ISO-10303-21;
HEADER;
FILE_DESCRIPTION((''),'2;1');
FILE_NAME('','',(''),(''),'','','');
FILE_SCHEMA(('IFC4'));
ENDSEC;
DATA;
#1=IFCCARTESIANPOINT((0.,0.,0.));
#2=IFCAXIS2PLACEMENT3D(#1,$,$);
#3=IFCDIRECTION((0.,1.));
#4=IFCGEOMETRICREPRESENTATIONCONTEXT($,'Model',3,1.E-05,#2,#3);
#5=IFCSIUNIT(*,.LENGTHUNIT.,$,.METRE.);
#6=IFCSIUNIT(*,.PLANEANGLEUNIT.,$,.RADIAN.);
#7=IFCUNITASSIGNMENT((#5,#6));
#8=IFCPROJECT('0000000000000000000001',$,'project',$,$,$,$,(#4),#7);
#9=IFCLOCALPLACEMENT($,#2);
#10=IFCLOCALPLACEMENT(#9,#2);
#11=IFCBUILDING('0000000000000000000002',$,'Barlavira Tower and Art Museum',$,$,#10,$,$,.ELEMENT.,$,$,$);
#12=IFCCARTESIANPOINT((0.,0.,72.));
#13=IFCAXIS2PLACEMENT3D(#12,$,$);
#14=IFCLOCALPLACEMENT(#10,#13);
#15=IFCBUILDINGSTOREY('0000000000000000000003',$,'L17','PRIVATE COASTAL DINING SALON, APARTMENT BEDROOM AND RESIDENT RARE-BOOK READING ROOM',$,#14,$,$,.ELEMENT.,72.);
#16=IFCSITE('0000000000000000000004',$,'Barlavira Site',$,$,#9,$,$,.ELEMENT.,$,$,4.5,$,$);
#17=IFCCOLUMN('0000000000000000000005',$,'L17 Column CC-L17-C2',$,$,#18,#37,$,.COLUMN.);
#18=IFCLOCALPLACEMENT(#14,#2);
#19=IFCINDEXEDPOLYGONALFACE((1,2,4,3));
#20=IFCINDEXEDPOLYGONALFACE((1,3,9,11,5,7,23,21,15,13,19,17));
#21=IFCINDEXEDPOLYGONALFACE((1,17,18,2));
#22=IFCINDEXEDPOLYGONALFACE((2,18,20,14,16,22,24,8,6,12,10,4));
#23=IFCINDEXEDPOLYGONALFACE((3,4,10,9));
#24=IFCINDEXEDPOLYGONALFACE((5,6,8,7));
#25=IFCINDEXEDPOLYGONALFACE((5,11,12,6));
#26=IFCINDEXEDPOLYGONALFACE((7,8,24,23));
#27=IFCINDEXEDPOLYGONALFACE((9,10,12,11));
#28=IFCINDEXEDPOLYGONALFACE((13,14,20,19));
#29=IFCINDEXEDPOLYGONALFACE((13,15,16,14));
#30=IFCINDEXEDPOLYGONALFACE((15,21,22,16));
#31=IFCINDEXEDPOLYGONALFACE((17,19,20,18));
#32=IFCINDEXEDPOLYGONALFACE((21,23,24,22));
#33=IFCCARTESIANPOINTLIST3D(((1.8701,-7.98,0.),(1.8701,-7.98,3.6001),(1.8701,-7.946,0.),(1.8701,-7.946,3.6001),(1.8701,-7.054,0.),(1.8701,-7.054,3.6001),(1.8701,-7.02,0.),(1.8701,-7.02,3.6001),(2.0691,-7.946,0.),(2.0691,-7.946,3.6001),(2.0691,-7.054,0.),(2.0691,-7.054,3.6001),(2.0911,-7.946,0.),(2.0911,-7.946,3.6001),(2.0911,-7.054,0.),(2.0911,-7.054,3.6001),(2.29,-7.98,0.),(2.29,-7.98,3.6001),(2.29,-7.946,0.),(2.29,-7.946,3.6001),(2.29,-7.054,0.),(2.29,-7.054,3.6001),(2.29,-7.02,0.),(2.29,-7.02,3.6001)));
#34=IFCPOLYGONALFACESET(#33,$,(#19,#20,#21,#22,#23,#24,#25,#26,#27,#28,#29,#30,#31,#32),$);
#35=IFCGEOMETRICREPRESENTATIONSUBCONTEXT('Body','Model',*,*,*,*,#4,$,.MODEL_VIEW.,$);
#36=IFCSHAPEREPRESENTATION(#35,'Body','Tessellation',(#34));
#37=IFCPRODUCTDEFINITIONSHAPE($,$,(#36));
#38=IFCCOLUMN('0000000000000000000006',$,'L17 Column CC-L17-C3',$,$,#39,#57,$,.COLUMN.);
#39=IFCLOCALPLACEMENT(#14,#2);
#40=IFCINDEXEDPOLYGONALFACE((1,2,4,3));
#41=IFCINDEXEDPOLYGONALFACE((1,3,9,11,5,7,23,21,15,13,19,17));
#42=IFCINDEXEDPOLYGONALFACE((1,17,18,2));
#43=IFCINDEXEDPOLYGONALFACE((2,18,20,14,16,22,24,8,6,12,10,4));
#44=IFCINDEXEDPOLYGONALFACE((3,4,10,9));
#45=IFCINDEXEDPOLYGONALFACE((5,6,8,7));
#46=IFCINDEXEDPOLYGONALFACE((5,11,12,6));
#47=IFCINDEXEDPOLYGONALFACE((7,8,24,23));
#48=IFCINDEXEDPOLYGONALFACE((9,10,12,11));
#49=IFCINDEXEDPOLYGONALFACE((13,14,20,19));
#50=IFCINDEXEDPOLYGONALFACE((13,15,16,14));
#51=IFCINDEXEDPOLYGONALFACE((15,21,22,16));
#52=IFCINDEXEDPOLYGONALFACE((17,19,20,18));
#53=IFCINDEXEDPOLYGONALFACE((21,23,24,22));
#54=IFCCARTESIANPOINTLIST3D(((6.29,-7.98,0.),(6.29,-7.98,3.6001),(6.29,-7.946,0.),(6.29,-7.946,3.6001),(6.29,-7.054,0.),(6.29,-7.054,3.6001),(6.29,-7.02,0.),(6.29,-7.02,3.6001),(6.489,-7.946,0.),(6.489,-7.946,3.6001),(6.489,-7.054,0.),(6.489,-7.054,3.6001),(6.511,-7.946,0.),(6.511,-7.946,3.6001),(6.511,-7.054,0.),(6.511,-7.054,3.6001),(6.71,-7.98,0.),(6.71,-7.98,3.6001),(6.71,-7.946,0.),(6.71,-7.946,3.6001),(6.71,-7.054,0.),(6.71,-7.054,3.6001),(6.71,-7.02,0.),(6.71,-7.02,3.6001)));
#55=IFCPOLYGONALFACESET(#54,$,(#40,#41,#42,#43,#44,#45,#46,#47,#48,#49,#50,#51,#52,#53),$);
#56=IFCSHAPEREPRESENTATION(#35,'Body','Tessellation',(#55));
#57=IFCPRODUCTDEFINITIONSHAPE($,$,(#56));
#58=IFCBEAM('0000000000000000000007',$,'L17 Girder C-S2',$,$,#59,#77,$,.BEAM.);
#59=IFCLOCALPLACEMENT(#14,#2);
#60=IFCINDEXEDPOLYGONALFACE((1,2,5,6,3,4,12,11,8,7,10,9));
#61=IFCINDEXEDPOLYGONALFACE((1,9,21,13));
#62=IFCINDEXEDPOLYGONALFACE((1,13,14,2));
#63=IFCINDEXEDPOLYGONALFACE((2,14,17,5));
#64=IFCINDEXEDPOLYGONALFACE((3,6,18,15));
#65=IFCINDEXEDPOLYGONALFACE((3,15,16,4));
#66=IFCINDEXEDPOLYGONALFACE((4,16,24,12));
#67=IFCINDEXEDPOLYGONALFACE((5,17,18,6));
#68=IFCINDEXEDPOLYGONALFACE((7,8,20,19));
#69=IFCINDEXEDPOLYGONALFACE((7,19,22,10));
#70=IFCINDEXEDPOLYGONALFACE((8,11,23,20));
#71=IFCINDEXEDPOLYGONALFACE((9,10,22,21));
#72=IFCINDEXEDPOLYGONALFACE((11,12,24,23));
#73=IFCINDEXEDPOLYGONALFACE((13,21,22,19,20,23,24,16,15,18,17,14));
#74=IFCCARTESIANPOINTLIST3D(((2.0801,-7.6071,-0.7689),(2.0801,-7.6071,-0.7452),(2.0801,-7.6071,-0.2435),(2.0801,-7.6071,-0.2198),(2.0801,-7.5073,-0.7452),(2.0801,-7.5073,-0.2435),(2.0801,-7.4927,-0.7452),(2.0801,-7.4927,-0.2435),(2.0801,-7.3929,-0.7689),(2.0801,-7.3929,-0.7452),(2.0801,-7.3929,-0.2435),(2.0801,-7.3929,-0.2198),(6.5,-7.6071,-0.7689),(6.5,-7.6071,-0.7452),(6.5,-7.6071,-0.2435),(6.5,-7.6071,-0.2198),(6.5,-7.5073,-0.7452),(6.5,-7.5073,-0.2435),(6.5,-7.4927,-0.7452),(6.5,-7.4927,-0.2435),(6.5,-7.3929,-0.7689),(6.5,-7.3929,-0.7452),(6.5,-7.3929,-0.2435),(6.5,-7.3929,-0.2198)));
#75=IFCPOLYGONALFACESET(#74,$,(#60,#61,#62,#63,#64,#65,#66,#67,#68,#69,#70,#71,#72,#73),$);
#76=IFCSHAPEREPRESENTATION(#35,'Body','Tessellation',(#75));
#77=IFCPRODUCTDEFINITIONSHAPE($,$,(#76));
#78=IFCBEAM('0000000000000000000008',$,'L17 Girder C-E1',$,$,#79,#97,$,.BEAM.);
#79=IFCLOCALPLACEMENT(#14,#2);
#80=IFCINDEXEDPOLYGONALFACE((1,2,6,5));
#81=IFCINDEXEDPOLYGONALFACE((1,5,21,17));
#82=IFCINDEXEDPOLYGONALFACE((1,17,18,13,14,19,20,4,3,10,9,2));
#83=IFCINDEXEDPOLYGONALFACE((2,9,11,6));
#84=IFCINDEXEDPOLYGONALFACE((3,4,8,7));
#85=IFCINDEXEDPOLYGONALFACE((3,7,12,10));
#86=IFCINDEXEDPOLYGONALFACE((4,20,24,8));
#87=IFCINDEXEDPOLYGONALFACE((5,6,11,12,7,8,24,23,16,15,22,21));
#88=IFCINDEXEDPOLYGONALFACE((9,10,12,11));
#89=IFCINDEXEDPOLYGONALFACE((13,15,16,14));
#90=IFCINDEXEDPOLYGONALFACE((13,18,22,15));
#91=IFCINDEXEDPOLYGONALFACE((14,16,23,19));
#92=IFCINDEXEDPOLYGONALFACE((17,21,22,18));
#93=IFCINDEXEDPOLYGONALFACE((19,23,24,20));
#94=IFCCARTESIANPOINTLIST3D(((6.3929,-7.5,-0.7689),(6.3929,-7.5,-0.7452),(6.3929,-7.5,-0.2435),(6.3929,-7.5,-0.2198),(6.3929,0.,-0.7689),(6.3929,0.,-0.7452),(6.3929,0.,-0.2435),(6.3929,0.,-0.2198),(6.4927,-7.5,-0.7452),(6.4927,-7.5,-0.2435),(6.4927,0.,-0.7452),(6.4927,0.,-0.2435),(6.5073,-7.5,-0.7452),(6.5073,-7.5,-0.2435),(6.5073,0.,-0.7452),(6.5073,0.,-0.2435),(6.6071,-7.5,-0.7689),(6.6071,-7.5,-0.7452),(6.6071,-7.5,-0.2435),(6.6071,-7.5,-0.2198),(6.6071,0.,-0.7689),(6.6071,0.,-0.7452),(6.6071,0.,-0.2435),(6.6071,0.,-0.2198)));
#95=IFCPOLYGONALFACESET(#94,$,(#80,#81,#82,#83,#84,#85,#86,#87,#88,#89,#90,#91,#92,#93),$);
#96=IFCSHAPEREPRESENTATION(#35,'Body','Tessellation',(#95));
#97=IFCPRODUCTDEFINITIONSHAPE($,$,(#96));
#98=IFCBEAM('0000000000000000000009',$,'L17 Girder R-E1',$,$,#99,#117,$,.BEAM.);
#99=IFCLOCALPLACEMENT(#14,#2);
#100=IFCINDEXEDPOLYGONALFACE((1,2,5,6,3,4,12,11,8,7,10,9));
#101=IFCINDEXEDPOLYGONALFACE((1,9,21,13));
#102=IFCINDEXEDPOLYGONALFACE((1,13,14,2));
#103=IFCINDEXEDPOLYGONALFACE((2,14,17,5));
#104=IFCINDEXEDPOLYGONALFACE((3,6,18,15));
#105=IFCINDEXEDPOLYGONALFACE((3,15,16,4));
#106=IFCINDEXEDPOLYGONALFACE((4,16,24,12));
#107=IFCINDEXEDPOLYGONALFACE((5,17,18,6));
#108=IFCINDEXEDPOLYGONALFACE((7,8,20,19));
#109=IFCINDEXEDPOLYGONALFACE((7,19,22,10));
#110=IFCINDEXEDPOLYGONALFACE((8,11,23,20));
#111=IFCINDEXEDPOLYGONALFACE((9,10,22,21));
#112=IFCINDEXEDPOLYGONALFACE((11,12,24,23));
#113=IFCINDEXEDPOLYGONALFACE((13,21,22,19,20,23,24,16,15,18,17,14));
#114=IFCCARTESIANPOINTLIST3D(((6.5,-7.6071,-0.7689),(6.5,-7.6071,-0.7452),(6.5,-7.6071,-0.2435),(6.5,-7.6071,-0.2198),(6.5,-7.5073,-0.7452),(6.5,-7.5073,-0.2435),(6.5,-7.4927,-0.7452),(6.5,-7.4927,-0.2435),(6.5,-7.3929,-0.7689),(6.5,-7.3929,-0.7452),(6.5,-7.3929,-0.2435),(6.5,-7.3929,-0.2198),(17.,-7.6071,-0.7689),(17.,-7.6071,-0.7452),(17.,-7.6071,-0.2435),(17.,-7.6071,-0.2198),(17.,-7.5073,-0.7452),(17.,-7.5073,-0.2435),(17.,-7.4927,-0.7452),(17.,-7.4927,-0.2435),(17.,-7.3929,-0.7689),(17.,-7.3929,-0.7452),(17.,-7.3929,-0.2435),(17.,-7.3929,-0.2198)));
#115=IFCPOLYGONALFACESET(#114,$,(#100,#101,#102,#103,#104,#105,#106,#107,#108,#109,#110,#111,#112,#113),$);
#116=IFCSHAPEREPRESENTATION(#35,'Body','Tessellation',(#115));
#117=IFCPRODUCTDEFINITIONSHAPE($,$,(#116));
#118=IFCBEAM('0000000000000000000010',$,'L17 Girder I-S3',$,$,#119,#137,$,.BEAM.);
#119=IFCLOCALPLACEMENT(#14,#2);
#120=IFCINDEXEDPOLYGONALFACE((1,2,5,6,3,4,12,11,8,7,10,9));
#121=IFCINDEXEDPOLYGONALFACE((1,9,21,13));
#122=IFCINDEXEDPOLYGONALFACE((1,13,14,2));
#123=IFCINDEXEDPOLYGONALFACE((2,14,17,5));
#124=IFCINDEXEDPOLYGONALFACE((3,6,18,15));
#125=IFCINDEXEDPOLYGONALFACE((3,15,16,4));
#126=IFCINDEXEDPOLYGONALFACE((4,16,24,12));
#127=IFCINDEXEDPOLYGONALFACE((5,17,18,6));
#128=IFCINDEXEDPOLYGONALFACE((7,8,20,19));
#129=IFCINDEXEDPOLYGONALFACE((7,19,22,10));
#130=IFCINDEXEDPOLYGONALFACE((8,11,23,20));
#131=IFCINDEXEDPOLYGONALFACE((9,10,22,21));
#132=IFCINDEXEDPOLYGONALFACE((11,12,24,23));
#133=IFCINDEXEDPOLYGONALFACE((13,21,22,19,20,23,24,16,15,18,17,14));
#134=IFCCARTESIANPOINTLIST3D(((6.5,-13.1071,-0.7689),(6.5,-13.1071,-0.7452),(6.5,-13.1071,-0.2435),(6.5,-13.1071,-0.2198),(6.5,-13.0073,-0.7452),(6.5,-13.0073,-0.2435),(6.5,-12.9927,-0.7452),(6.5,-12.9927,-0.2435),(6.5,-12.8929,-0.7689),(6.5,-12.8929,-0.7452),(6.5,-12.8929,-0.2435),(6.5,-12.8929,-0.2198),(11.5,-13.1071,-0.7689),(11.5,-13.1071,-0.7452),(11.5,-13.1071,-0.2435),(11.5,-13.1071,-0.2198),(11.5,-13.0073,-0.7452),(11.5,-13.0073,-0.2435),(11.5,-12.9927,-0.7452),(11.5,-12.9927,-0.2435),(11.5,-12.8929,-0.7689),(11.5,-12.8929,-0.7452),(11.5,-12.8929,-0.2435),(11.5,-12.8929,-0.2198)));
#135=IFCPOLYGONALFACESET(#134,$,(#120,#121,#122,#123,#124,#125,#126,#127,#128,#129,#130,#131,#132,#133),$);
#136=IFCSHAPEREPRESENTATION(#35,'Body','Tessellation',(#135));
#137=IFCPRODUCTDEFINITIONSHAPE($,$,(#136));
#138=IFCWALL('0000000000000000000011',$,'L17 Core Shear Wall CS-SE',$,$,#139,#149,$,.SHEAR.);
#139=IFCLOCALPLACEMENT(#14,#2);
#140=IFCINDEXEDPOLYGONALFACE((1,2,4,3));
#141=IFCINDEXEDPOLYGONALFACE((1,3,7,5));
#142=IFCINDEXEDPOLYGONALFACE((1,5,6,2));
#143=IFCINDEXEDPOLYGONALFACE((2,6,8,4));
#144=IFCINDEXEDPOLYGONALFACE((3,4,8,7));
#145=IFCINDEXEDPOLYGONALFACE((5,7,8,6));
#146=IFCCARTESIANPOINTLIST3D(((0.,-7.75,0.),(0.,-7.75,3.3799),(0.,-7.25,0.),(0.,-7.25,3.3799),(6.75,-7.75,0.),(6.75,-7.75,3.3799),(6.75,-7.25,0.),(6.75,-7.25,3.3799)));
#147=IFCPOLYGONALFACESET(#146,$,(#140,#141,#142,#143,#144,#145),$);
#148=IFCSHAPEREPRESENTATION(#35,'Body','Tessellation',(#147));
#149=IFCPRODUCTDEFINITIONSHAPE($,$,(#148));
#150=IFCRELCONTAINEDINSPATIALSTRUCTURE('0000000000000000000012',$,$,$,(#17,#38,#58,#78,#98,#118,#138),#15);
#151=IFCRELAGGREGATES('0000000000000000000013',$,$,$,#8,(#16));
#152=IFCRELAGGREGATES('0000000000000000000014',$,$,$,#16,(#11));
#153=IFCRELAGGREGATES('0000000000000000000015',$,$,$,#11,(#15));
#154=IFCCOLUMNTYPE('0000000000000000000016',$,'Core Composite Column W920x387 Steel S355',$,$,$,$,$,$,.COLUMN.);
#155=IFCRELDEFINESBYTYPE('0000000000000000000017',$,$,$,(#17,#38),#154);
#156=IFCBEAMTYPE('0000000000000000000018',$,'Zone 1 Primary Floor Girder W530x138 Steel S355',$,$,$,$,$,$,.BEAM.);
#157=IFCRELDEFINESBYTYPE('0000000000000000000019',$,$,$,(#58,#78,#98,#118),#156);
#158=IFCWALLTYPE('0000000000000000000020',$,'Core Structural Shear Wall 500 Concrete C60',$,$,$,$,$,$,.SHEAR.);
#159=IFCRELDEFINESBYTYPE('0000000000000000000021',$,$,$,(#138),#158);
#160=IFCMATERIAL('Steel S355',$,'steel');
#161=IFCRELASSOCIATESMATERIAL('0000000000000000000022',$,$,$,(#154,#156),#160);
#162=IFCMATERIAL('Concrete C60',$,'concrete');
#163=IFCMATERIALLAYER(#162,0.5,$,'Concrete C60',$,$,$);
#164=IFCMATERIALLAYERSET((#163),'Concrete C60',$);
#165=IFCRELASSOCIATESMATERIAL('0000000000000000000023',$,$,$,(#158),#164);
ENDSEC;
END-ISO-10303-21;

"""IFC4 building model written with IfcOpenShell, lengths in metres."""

from ifc_helpers import new_model, si_unit, direction, frame, frame_2d, origin, origin_2d, place, context, subcontext, project, spatial, rectangle, i_section, extrude, material, layer, layer_set, material_profile, profile_set, type_object, element, save


model = new_model("IFC4")

# Units and contexts
model_context = context("Model", 3, precision=1e-05, world=origin(), true_north=direction((0.0, 1.0)))
body_context = subcontext(model_context, "Body", "Model", "MODEL_VIEW")
ifc_project = project(units=[si_unit("LENGTHUNIT", "METRE"), si_unit("PLANEANGLEUNIT", "RADIAN")], contexts=[model_context])

# Site, building, storey
site_placement = place(None, origin())
site = spatial("IfcSite", under=ifc_project, at=site_placement, Name="Barlavira Site", CompositionType="ELEMENT", RefElevation=4.5)
building_placement = place(site_placement, origin())
building = spatial("IfcBuilding", under=site, at=building_placement, Name="Barlavira Tower and Art Museum", CompositionType="ELEMENT")
storey_placement = place(building_placement, frame((0.0, 0.0, 72.0)))
storey = spatial("IfcBuildingStorey", under=building, at=storey_placement, Name="L17", Description="PRIVATE COASTAL DINING SALON, APARTMENT BEDROOM AND RESIDENT RARE-BOOK READING ROOM", CompositionType="ELEMENT", Elevation=72.0)

# Columns
ifc_material_1 = material(Name="Steel S355", Category="steel")
ifc_material_profile_1 = material_profile(ifc_material_1, i_section(OverallWidth=0.4199, OverallDepth=0.96, WebThickness=0.022, FlangeThickness=0.0339, at=origin_2d()), Name="W920x387.0")
ifc_profile_set_1 = profile_set([ifc_material_profile_1], Name="Steel S355")
column_type = type_object("IfcColumnType", Name="Core Composite Column W920x387 Steel S355", PredefinedType="COLUMN", material=ifc_profile_set_1)
for number, where, z_axis, x_axis, name in (
    (1, (2.0801, -7.5, 0.0), (0.0, 0.0, 1.0), (1.0, 0.0, 0.0), "L17 Column CC-L17-C2"),
    (2, (6.5, -7.5, 0.0), (0.0, 0.0, 1.0), (1.0, 0.0, 0.0), "L17 Column CC-L17-C3"),
):
    element("IfcColumn", number, at=place(storey_placement, frame(where, z_axis=z_axis, x_axis=x_axis)), inside=storey, type_object=column_type, Name=name, PredefinedType="COLUMN", context=body_context, shape_type="SweptSolid", body=[
        extrude(i_section(OverallWidth=0.4199, OverallDepth=0.96, WebThickness=0.022, FlangeThickness=0.0339, at=origin_2d()), origin(), (0.0, 0.0, 1.0), 3.6001),
    ])

# Beams
ifc_material_profile_2 = material_profile(ifc_material_1, i_section(OverallWidth=0.2141, OverallDepth=0.5491, WebThickness=0.0146, FlangeThickness=0.0237, at=origin_2d()), Name="W530x138.0")
ifc_profile_set_2 = profile_set([ifc_material_profile_2], Name="Steel S355")
beam_type = type_object("IfcBeamType", Name="Zone 1 Primary Floor Girder W530x138 Steel S355", PredefinedType="BEAM", material=ifc_profile_set_2)
beam_1_placement = place(storey_placement, frame((2.0801, -7.5, -0.4944), z_axis=(1.0, 0.0, 0.0), x_axis=(0.0, 1.0, 0.0)))
element("IfcBeam", 3, at=beam_1_placement, inside=storey, type_object=beam_type, Name="L17 Girder C-S2", PredefinedType="BEAM", context=body_context, shape_type="SweptSolid", body=[
    extrude(i_section(OverallWidth=0.2141, OverallDepth=0.5491, WebThickness=0.0146, FlangeThickness=0.0237, at=origin_2d()), origin(), (0.0, 0.0, 1.0), 4.4199),
])
beam_2_placement = place(storey_placement, frame((6.5, -7.5, -0.4944), z_axis=(0.0, 1.0, 0.0), x_axis=(-1.0, 0.0, 0.0)))
element("IfcBeam", 4, at=beam_2_placement, inside=storey, type_object=beam_type, Name="L17 Girder C-E1", PredefinedType="BEAM", context=body_context, shape_type="SweptSolid", body=[
    extrude(i_section(OverallWidth=0.2141, OverallDepth=0.5491, WebThickness=0.0146, FlangeThickness=0.0237, at=origin_2d()), origin(), (0.0, 0.0, 1.0), 7.5),
])
beam_3_placement = place(storey_placement, frame((6.5, -7.5, -0.4944), z_axis=(1.0, 0.0, 0.0), x_axis=(0.0, 1.0, 0.0)))
element("IfcBeam", 5, at=beam_3_placement, inside=storey, type_object=beam_type, Name="L17 Girder R-E1", PredefinedType="BEAM", context=body_context, shape_type="SweptSolid", body=[
    extrude(i_section(OverallWidth=0.2141, OverallDepth=0.5491, WebThickness=0.0146, FlangeThickness=0.0237, at=origin_2d()), origin(), (0.0, 0.0, 1.0), 10.5),
])
beam_4_placement = place(storey_placement, frame((6.5, -13.0, -0.4944), z_axis=(1.0, 0.0, 0.0), x_axis=(0.0, 1.0, 0.0)))
element("IfcBeam", 6, at=beam_4_placement, inside=storey, type_object=beam_type, Name="L17 Girder I-S3", PredefinedType="BEAM", context=body_context, shape_type="SweptSolid", body=[
    extrude(i_section(OverallWidth=0.2141, OverallDepth=0.5491, WebThickness=0.0146, FlangeThickness=0.0237, at=origin_2d()), origin(), (0.0, 0.0, 1.0), 5.0),
])

# Wall
ifc_material_2 = material(Name="Concrete C60", Category="concrete")
ifc_layer_1 = layer(ifc_material_2, 0.5, Name="Concrete C60")
ifc_layer_set_1 = layer_set([ifc_layer_1], Name="Concrete C60")
wall_type_1 = type_object("IfcWallType", Name="Core Structural Shear Wall 500 Concrete C60", PredefinedType="SHEAR", material=ifc_layer_set_1)
wall_1_placement = place(storey_placement, frame((0.0, -7.5, 0.0), z_axis=(0.0, 0.0, 1.0), x_axis=(1.0, 0.0, 0.0)))
element("IfcWall", 7, at=wall_1_placement, inside=storey, type_object=wall_type_1, Name="L17 Core Shear Wall CS-SE", PredefinedType="SHEAR", context=body_context, shape_type="SweptSolid", body=[
    extrude(rectangle(XDim=6.75, YDim=0.5, at=frame_2d((3.375, 0.0))), origin(), (0.0, 0.0, 1.0), 3.3799),
])

save(model, "model.ifc")
